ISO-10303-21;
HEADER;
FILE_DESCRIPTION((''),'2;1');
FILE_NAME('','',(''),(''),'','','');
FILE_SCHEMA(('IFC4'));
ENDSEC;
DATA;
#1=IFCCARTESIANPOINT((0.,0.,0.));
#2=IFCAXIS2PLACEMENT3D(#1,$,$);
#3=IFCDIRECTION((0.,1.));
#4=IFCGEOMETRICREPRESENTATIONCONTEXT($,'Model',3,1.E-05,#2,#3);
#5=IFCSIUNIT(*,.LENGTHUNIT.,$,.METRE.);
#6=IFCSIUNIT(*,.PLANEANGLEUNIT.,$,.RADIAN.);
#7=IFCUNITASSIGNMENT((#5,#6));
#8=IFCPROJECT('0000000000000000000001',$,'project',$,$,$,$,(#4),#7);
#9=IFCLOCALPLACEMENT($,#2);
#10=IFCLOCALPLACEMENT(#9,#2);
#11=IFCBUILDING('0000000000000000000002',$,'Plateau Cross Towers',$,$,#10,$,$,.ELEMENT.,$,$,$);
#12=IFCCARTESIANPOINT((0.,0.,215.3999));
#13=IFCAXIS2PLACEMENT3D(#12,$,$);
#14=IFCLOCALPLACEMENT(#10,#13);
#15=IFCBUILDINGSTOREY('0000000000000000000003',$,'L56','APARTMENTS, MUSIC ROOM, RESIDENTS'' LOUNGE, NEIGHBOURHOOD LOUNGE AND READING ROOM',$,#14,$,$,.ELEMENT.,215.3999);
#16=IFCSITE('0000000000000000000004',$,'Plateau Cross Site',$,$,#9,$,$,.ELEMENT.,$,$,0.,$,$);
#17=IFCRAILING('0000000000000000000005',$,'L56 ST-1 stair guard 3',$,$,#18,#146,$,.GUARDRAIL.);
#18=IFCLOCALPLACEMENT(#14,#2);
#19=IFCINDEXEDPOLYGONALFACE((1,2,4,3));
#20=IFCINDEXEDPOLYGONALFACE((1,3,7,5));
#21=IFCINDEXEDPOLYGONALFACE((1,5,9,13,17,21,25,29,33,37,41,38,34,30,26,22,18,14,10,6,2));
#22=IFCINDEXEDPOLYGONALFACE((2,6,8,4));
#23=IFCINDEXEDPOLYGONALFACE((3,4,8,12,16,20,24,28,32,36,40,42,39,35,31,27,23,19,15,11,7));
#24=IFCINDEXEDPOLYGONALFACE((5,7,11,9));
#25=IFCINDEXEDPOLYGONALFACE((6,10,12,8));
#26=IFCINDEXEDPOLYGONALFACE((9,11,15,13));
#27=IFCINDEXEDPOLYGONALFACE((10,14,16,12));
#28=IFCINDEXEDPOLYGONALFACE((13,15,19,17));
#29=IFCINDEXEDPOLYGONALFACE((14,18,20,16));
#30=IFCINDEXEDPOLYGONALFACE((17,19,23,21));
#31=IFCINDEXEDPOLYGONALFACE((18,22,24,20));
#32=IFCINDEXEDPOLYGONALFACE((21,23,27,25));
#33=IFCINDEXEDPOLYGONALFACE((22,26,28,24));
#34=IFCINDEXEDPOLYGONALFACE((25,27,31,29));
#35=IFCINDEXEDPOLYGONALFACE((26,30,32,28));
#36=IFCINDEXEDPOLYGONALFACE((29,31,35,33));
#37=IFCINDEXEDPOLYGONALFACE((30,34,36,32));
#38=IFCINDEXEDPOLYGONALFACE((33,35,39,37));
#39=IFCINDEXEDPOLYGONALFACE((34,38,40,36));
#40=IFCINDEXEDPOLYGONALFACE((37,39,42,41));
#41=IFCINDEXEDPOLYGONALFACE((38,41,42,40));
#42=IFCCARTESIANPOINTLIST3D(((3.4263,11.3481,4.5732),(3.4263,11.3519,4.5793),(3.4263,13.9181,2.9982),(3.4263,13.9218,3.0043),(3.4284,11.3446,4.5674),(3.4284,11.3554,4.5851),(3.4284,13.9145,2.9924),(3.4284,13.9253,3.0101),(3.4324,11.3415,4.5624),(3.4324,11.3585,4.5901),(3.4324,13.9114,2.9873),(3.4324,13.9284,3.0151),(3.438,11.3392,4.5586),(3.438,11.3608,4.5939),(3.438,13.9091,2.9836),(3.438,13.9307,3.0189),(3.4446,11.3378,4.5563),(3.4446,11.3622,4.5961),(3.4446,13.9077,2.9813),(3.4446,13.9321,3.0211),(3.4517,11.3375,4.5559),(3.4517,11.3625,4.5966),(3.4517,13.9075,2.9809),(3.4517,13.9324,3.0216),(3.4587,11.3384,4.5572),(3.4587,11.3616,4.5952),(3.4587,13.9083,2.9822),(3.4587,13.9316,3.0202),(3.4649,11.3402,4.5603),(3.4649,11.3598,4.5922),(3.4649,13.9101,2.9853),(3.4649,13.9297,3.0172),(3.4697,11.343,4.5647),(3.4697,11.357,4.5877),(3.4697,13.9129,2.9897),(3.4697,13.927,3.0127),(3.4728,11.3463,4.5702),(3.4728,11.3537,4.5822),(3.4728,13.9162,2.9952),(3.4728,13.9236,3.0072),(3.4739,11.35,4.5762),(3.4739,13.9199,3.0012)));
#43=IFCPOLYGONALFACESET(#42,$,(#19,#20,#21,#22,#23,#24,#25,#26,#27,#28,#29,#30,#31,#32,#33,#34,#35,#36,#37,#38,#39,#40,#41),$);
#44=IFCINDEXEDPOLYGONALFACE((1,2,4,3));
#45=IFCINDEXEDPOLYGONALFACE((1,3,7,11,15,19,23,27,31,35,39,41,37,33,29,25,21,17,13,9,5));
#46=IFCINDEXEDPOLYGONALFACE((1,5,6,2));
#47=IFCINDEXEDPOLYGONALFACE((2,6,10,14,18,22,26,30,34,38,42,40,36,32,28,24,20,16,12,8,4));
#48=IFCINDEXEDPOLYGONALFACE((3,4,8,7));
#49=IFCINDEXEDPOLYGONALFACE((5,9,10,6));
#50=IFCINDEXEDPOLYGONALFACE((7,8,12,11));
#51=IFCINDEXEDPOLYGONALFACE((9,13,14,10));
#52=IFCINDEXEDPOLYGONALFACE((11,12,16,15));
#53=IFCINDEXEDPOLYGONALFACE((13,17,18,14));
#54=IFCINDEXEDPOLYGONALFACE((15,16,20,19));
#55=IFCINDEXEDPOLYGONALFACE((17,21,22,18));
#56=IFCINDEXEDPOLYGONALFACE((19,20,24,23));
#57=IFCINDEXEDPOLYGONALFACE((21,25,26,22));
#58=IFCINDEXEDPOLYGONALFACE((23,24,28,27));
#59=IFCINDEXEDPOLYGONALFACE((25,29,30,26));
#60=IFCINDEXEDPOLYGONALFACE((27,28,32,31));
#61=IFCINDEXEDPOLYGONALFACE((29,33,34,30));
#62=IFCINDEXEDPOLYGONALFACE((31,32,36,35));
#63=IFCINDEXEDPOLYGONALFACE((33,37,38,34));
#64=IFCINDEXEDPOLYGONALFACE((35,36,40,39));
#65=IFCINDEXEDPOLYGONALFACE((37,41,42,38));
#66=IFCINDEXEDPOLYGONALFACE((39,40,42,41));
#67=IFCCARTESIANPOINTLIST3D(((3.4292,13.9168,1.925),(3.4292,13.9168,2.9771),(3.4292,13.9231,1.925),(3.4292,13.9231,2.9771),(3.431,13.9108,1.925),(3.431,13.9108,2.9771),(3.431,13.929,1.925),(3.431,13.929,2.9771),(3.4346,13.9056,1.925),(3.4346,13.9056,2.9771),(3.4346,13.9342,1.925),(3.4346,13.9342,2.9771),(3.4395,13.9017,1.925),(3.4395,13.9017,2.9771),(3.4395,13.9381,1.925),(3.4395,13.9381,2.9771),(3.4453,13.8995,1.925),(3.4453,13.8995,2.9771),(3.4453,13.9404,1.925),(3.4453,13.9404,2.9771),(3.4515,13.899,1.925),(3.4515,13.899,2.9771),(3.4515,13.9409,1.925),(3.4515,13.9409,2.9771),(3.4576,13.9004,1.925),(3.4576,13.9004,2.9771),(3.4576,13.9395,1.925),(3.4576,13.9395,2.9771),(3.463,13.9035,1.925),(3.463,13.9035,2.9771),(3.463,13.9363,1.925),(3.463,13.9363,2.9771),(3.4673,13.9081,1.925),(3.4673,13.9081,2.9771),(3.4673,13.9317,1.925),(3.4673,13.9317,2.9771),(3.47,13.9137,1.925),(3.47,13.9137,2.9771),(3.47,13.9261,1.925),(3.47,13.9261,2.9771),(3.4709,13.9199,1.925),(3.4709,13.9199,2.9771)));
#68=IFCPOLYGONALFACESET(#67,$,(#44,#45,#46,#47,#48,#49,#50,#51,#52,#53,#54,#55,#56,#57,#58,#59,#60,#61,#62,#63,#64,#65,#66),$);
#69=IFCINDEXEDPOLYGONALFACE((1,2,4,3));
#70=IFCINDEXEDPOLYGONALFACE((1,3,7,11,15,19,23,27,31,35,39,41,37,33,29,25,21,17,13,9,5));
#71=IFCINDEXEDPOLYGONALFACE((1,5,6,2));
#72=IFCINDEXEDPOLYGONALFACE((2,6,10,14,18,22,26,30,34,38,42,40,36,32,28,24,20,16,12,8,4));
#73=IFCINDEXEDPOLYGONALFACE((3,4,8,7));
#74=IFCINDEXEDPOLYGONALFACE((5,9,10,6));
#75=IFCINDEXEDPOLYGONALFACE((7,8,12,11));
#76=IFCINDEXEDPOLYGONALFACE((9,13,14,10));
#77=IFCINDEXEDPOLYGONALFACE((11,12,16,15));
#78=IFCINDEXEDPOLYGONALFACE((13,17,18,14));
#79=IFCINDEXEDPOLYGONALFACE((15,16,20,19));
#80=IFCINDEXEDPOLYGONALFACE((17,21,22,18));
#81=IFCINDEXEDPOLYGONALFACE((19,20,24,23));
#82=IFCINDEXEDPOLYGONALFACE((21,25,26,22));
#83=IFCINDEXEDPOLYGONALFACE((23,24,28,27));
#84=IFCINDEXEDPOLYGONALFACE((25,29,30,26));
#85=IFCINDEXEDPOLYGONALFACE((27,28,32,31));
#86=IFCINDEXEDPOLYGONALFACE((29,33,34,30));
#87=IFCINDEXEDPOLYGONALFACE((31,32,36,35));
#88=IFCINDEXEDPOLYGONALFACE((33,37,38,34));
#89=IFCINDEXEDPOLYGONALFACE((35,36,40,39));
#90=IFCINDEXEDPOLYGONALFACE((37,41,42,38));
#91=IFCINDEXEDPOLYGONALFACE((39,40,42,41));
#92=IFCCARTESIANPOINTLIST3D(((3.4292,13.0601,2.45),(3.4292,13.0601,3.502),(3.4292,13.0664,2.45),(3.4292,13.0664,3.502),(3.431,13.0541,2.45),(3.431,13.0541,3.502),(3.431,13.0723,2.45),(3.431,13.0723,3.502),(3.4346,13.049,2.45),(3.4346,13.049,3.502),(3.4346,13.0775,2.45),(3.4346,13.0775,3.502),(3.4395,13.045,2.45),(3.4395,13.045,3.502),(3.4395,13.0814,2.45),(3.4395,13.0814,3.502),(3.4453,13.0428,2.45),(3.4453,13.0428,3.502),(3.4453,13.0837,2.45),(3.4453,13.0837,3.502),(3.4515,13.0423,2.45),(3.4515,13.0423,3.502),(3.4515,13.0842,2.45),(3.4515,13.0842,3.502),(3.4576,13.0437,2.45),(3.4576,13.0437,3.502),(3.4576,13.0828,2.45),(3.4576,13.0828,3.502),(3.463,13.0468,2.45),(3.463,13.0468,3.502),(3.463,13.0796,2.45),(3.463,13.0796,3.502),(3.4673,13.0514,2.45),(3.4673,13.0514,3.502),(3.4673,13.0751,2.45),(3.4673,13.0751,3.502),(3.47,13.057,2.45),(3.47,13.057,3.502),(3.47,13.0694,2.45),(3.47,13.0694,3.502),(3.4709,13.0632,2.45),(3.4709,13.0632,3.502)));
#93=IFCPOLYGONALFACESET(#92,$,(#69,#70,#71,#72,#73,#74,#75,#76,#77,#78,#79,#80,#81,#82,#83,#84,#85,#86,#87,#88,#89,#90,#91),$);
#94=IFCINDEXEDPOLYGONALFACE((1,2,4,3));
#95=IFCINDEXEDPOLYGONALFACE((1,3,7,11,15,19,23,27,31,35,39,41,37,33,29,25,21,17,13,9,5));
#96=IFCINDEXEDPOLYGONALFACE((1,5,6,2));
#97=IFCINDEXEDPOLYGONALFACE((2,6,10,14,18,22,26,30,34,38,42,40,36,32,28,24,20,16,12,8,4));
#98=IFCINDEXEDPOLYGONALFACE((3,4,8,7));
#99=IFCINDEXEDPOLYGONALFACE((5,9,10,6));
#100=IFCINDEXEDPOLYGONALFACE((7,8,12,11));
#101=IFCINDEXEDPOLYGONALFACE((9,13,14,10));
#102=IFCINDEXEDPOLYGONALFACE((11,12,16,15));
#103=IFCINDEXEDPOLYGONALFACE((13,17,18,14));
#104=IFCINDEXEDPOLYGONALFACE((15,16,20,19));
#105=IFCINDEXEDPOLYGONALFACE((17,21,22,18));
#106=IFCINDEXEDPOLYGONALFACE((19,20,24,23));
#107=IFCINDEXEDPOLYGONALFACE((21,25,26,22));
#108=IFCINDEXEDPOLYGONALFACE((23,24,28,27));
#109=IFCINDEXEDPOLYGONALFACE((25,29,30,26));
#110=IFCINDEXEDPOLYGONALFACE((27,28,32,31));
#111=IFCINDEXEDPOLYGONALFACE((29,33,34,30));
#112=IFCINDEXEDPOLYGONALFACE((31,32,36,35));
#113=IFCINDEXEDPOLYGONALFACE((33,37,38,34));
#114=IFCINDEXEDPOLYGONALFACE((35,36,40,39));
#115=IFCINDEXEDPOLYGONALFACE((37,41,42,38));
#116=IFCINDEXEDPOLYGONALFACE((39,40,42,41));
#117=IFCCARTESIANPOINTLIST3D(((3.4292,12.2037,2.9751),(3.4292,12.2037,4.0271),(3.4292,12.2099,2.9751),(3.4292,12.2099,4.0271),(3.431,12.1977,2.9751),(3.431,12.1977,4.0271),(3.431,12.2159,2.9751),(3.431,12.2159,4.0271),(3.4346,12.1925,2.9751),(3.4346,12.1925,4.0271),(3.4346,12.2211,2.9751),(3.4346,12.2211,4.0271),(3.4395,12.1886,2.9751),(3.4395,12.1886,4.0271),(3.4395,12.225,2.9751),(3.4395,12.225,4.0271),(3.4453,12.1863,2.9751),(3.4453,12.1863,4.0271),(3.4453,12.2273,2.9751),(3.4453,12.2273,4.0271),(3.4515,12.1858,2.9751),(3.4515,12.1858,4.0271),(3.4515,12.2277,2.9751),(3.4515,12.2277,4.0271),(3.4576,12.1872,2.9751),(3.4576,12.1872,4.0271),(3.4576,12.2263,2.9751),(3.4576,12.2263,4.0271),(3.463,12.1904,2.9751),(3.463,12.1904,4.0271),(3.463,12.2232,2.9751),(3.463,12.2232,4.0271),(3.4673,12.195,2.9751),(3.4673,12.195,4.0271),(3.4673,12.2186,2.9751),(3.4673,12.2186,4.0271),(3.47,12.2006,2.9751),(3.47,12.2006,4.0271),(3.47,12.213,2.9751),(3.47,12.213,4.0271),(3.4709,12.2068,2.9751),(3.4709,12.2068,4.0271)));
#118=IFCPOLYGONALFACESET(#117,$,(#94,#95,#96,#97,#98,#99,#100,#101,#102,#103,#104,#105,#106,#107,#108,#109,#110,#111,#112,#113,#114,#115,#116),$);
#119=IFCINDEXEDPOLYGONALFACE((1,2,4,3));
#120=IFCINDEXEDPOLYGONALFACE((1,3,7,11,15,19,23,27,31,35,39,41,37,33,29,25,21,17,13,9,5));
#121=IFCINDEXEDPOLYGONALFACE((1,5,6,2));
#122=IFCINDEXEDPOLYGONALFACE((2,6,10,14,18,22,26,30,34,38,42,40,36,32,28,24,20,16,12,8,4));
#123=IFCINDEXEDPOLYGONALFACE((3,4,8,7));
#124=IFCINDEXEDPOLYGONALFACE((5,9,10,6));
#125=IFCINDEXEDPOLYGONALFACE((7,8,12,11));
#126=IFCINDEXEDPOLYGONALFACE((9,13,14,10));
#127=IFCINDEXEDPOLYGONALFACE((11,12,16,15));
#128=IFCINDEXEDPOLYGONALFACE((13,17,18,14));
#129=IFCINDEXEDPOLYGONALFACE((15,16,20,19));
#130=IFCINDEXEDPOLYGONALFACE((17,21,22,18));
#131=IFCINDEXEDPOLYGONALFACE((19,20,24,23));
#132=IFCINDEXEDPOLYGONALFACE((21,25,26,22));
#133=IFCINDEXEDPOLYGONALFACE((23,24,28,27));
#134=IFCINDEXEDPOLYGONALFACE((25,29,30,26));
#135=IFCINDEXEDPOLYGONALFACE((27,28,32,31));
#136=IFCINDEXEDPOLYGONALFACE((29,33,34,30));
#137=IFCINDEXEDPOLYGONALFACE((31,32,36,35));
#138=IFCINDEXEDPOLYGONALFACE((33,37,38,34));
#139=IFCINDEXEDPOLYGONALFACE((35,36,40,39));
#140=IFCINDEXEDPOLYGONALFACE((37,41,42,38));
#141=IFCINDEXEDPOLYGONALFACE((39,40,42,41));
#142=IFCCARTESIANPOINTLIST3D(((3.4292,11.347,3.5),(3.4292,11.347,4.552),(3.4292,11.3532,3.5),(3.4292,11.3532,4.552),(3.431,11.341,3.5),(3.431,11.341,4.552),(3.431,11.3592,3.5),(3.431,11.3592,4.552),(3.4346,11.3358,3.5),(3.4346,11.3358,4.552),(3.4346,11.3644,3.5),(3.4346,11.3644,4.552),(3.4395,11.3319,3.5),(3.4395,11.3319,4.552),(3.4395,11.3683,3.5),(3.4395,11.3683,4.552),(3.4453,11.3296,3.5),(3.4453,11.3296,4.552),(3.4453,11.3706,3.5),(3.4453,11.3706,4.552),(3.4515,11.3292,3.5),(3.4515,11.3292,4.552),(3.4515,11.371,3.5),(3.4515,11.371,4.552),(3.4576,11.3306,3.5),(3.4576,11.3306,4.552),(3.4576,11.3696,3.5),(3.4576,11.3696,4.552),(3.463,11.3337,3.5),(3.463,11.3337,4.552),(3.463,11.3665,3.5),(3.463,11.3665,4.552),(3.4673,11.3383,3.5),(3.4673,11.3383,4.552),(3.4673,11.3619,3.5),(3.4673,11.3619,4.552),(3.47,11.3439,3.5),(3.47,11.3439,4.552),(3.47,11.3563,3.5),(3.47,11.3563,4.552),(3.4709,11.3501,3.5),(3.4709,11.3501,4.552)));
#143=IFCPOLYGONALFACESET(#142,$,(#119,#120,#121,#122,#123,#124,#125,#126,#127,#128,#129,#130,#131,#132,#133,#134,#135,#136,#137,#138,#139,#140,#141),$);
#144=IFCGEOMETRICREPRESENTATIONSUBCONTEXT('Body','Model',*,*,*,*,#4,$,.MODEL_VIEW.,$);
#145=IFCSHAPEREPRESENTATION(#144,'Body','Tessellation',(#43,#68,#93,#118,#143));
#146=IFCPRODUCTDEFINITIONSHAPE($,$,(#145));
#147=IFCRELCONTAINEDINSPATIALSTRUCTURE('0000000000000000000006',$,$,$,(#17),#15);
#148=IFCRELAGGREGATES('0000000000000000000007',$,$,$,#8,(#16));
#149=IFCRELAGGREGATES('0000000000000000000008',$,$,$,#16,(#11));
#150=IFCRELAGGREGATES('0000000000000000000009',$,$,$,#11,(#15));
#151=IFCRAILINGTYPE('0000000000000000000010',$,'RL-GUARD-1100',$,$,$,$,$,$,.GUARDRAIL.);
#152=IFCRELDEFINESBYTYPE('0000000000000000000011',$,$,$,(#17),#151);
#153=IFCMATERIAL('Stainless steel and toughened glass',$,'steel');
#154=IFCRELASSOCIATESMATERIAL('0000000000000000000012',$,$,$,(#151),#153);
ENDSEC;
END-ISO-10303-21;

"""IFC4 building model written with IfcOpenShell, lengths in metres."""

from ifc_helpers import new_model, si_unit, direction, frame, origin, origin_2d, place, context, subcontext, project, spatial, circle, extrude, material, type_object, element, save


model = new_model("IFC4")

# Units and contexts
model_context = context("Model", 3, precision=1e-05, world=origin(), true_north=direction((0.0, 1.0)))
body_context = subcontext(model_context, "Body", "Model", "MODEL_VIEW")
ifc_project = project(units=[si_unit("LENGTHUNIT", "METRE"), si_unit("PLANEANGLEUNIT", "RADIAN")], contexts=[model_context])

# Site, building, storey
site_placement = place(None, origin())
site = spatial("IfcSite", under=ifc_project, at=site_placement, Name="Plateau Cross Site", CompositionType="ELEMENT", RefElevation=0.0)
building_placement = place(site_placement, origin())
building = spatial("IfcBuilding", under=site, at=building_placement, Name="Plateau Cross Towers", CompositionType="ELEMENT")
storey_placement = place(building_placement, frame((0.0, 0.0, 215.3999)))
storey = spatial("IfcBuildingStorey", under=building, at=storey_placement, Name="L56", Description="APARTMENTS, MUSIC ROOM, RESIDENTS' LOUNGE, NEIGHBOURHOOD LOUNGE AND READING ROOM", CompositionType="ELEMENT", Elevation=215.3999)

# Railing
ifc_material_1 = material(Name="Stainless steel and toughened glass", Category="steel")
railing_type = type_object("IfcRailingType", Name="RL-GUARD-1100", PredefinedType="GUARDRAIL", material=ifc_material_1)
railing_1_placement = place(storey_placement, frame((3.45, 13.9199, 1.925)))
element("IfcRailing", 1, at=railing_1_placement, inside=storey, type_object=railing_type, Name="L56 ST-1 stair guard 3", PredefinedType="GUARDRAIL", context=body_context, shape_type="SweptSolid", body=[
    extrude(circle(Radius=0.0239, at=origin_2d()), frame((0.0, 0.0, 1.0762), z_axis=(0.0, -0.852616, 0.522537), x_axis=(1.0, 0.0, 0.0)), (0.0, 0.0, 1.0), 3.0142),
    extrude(circle(Radius=0.021, at=origin_2d()), origin(), (0.0, 0.0, 1.0), 1.052),
    extrude(circle(Radius=0.021, at=origin_2d()), frame((0.0, -0.8567, 0.5249)), (0.0, 0.0, 1.0), 1.052),
    extrude(circle(Radius=0.021, at=origin_2d()), frame((0.0, -1.7131, 1.05)), (0.0, 0.0, 1.0), 1.052),
    extrude(circle(Radius=0.021, at=origin_2d()), frame((0.0, -2.5698, 1.575)), (0.0, 0.0, 1.0), 1.052),
])

save(model, "model.ifc")
